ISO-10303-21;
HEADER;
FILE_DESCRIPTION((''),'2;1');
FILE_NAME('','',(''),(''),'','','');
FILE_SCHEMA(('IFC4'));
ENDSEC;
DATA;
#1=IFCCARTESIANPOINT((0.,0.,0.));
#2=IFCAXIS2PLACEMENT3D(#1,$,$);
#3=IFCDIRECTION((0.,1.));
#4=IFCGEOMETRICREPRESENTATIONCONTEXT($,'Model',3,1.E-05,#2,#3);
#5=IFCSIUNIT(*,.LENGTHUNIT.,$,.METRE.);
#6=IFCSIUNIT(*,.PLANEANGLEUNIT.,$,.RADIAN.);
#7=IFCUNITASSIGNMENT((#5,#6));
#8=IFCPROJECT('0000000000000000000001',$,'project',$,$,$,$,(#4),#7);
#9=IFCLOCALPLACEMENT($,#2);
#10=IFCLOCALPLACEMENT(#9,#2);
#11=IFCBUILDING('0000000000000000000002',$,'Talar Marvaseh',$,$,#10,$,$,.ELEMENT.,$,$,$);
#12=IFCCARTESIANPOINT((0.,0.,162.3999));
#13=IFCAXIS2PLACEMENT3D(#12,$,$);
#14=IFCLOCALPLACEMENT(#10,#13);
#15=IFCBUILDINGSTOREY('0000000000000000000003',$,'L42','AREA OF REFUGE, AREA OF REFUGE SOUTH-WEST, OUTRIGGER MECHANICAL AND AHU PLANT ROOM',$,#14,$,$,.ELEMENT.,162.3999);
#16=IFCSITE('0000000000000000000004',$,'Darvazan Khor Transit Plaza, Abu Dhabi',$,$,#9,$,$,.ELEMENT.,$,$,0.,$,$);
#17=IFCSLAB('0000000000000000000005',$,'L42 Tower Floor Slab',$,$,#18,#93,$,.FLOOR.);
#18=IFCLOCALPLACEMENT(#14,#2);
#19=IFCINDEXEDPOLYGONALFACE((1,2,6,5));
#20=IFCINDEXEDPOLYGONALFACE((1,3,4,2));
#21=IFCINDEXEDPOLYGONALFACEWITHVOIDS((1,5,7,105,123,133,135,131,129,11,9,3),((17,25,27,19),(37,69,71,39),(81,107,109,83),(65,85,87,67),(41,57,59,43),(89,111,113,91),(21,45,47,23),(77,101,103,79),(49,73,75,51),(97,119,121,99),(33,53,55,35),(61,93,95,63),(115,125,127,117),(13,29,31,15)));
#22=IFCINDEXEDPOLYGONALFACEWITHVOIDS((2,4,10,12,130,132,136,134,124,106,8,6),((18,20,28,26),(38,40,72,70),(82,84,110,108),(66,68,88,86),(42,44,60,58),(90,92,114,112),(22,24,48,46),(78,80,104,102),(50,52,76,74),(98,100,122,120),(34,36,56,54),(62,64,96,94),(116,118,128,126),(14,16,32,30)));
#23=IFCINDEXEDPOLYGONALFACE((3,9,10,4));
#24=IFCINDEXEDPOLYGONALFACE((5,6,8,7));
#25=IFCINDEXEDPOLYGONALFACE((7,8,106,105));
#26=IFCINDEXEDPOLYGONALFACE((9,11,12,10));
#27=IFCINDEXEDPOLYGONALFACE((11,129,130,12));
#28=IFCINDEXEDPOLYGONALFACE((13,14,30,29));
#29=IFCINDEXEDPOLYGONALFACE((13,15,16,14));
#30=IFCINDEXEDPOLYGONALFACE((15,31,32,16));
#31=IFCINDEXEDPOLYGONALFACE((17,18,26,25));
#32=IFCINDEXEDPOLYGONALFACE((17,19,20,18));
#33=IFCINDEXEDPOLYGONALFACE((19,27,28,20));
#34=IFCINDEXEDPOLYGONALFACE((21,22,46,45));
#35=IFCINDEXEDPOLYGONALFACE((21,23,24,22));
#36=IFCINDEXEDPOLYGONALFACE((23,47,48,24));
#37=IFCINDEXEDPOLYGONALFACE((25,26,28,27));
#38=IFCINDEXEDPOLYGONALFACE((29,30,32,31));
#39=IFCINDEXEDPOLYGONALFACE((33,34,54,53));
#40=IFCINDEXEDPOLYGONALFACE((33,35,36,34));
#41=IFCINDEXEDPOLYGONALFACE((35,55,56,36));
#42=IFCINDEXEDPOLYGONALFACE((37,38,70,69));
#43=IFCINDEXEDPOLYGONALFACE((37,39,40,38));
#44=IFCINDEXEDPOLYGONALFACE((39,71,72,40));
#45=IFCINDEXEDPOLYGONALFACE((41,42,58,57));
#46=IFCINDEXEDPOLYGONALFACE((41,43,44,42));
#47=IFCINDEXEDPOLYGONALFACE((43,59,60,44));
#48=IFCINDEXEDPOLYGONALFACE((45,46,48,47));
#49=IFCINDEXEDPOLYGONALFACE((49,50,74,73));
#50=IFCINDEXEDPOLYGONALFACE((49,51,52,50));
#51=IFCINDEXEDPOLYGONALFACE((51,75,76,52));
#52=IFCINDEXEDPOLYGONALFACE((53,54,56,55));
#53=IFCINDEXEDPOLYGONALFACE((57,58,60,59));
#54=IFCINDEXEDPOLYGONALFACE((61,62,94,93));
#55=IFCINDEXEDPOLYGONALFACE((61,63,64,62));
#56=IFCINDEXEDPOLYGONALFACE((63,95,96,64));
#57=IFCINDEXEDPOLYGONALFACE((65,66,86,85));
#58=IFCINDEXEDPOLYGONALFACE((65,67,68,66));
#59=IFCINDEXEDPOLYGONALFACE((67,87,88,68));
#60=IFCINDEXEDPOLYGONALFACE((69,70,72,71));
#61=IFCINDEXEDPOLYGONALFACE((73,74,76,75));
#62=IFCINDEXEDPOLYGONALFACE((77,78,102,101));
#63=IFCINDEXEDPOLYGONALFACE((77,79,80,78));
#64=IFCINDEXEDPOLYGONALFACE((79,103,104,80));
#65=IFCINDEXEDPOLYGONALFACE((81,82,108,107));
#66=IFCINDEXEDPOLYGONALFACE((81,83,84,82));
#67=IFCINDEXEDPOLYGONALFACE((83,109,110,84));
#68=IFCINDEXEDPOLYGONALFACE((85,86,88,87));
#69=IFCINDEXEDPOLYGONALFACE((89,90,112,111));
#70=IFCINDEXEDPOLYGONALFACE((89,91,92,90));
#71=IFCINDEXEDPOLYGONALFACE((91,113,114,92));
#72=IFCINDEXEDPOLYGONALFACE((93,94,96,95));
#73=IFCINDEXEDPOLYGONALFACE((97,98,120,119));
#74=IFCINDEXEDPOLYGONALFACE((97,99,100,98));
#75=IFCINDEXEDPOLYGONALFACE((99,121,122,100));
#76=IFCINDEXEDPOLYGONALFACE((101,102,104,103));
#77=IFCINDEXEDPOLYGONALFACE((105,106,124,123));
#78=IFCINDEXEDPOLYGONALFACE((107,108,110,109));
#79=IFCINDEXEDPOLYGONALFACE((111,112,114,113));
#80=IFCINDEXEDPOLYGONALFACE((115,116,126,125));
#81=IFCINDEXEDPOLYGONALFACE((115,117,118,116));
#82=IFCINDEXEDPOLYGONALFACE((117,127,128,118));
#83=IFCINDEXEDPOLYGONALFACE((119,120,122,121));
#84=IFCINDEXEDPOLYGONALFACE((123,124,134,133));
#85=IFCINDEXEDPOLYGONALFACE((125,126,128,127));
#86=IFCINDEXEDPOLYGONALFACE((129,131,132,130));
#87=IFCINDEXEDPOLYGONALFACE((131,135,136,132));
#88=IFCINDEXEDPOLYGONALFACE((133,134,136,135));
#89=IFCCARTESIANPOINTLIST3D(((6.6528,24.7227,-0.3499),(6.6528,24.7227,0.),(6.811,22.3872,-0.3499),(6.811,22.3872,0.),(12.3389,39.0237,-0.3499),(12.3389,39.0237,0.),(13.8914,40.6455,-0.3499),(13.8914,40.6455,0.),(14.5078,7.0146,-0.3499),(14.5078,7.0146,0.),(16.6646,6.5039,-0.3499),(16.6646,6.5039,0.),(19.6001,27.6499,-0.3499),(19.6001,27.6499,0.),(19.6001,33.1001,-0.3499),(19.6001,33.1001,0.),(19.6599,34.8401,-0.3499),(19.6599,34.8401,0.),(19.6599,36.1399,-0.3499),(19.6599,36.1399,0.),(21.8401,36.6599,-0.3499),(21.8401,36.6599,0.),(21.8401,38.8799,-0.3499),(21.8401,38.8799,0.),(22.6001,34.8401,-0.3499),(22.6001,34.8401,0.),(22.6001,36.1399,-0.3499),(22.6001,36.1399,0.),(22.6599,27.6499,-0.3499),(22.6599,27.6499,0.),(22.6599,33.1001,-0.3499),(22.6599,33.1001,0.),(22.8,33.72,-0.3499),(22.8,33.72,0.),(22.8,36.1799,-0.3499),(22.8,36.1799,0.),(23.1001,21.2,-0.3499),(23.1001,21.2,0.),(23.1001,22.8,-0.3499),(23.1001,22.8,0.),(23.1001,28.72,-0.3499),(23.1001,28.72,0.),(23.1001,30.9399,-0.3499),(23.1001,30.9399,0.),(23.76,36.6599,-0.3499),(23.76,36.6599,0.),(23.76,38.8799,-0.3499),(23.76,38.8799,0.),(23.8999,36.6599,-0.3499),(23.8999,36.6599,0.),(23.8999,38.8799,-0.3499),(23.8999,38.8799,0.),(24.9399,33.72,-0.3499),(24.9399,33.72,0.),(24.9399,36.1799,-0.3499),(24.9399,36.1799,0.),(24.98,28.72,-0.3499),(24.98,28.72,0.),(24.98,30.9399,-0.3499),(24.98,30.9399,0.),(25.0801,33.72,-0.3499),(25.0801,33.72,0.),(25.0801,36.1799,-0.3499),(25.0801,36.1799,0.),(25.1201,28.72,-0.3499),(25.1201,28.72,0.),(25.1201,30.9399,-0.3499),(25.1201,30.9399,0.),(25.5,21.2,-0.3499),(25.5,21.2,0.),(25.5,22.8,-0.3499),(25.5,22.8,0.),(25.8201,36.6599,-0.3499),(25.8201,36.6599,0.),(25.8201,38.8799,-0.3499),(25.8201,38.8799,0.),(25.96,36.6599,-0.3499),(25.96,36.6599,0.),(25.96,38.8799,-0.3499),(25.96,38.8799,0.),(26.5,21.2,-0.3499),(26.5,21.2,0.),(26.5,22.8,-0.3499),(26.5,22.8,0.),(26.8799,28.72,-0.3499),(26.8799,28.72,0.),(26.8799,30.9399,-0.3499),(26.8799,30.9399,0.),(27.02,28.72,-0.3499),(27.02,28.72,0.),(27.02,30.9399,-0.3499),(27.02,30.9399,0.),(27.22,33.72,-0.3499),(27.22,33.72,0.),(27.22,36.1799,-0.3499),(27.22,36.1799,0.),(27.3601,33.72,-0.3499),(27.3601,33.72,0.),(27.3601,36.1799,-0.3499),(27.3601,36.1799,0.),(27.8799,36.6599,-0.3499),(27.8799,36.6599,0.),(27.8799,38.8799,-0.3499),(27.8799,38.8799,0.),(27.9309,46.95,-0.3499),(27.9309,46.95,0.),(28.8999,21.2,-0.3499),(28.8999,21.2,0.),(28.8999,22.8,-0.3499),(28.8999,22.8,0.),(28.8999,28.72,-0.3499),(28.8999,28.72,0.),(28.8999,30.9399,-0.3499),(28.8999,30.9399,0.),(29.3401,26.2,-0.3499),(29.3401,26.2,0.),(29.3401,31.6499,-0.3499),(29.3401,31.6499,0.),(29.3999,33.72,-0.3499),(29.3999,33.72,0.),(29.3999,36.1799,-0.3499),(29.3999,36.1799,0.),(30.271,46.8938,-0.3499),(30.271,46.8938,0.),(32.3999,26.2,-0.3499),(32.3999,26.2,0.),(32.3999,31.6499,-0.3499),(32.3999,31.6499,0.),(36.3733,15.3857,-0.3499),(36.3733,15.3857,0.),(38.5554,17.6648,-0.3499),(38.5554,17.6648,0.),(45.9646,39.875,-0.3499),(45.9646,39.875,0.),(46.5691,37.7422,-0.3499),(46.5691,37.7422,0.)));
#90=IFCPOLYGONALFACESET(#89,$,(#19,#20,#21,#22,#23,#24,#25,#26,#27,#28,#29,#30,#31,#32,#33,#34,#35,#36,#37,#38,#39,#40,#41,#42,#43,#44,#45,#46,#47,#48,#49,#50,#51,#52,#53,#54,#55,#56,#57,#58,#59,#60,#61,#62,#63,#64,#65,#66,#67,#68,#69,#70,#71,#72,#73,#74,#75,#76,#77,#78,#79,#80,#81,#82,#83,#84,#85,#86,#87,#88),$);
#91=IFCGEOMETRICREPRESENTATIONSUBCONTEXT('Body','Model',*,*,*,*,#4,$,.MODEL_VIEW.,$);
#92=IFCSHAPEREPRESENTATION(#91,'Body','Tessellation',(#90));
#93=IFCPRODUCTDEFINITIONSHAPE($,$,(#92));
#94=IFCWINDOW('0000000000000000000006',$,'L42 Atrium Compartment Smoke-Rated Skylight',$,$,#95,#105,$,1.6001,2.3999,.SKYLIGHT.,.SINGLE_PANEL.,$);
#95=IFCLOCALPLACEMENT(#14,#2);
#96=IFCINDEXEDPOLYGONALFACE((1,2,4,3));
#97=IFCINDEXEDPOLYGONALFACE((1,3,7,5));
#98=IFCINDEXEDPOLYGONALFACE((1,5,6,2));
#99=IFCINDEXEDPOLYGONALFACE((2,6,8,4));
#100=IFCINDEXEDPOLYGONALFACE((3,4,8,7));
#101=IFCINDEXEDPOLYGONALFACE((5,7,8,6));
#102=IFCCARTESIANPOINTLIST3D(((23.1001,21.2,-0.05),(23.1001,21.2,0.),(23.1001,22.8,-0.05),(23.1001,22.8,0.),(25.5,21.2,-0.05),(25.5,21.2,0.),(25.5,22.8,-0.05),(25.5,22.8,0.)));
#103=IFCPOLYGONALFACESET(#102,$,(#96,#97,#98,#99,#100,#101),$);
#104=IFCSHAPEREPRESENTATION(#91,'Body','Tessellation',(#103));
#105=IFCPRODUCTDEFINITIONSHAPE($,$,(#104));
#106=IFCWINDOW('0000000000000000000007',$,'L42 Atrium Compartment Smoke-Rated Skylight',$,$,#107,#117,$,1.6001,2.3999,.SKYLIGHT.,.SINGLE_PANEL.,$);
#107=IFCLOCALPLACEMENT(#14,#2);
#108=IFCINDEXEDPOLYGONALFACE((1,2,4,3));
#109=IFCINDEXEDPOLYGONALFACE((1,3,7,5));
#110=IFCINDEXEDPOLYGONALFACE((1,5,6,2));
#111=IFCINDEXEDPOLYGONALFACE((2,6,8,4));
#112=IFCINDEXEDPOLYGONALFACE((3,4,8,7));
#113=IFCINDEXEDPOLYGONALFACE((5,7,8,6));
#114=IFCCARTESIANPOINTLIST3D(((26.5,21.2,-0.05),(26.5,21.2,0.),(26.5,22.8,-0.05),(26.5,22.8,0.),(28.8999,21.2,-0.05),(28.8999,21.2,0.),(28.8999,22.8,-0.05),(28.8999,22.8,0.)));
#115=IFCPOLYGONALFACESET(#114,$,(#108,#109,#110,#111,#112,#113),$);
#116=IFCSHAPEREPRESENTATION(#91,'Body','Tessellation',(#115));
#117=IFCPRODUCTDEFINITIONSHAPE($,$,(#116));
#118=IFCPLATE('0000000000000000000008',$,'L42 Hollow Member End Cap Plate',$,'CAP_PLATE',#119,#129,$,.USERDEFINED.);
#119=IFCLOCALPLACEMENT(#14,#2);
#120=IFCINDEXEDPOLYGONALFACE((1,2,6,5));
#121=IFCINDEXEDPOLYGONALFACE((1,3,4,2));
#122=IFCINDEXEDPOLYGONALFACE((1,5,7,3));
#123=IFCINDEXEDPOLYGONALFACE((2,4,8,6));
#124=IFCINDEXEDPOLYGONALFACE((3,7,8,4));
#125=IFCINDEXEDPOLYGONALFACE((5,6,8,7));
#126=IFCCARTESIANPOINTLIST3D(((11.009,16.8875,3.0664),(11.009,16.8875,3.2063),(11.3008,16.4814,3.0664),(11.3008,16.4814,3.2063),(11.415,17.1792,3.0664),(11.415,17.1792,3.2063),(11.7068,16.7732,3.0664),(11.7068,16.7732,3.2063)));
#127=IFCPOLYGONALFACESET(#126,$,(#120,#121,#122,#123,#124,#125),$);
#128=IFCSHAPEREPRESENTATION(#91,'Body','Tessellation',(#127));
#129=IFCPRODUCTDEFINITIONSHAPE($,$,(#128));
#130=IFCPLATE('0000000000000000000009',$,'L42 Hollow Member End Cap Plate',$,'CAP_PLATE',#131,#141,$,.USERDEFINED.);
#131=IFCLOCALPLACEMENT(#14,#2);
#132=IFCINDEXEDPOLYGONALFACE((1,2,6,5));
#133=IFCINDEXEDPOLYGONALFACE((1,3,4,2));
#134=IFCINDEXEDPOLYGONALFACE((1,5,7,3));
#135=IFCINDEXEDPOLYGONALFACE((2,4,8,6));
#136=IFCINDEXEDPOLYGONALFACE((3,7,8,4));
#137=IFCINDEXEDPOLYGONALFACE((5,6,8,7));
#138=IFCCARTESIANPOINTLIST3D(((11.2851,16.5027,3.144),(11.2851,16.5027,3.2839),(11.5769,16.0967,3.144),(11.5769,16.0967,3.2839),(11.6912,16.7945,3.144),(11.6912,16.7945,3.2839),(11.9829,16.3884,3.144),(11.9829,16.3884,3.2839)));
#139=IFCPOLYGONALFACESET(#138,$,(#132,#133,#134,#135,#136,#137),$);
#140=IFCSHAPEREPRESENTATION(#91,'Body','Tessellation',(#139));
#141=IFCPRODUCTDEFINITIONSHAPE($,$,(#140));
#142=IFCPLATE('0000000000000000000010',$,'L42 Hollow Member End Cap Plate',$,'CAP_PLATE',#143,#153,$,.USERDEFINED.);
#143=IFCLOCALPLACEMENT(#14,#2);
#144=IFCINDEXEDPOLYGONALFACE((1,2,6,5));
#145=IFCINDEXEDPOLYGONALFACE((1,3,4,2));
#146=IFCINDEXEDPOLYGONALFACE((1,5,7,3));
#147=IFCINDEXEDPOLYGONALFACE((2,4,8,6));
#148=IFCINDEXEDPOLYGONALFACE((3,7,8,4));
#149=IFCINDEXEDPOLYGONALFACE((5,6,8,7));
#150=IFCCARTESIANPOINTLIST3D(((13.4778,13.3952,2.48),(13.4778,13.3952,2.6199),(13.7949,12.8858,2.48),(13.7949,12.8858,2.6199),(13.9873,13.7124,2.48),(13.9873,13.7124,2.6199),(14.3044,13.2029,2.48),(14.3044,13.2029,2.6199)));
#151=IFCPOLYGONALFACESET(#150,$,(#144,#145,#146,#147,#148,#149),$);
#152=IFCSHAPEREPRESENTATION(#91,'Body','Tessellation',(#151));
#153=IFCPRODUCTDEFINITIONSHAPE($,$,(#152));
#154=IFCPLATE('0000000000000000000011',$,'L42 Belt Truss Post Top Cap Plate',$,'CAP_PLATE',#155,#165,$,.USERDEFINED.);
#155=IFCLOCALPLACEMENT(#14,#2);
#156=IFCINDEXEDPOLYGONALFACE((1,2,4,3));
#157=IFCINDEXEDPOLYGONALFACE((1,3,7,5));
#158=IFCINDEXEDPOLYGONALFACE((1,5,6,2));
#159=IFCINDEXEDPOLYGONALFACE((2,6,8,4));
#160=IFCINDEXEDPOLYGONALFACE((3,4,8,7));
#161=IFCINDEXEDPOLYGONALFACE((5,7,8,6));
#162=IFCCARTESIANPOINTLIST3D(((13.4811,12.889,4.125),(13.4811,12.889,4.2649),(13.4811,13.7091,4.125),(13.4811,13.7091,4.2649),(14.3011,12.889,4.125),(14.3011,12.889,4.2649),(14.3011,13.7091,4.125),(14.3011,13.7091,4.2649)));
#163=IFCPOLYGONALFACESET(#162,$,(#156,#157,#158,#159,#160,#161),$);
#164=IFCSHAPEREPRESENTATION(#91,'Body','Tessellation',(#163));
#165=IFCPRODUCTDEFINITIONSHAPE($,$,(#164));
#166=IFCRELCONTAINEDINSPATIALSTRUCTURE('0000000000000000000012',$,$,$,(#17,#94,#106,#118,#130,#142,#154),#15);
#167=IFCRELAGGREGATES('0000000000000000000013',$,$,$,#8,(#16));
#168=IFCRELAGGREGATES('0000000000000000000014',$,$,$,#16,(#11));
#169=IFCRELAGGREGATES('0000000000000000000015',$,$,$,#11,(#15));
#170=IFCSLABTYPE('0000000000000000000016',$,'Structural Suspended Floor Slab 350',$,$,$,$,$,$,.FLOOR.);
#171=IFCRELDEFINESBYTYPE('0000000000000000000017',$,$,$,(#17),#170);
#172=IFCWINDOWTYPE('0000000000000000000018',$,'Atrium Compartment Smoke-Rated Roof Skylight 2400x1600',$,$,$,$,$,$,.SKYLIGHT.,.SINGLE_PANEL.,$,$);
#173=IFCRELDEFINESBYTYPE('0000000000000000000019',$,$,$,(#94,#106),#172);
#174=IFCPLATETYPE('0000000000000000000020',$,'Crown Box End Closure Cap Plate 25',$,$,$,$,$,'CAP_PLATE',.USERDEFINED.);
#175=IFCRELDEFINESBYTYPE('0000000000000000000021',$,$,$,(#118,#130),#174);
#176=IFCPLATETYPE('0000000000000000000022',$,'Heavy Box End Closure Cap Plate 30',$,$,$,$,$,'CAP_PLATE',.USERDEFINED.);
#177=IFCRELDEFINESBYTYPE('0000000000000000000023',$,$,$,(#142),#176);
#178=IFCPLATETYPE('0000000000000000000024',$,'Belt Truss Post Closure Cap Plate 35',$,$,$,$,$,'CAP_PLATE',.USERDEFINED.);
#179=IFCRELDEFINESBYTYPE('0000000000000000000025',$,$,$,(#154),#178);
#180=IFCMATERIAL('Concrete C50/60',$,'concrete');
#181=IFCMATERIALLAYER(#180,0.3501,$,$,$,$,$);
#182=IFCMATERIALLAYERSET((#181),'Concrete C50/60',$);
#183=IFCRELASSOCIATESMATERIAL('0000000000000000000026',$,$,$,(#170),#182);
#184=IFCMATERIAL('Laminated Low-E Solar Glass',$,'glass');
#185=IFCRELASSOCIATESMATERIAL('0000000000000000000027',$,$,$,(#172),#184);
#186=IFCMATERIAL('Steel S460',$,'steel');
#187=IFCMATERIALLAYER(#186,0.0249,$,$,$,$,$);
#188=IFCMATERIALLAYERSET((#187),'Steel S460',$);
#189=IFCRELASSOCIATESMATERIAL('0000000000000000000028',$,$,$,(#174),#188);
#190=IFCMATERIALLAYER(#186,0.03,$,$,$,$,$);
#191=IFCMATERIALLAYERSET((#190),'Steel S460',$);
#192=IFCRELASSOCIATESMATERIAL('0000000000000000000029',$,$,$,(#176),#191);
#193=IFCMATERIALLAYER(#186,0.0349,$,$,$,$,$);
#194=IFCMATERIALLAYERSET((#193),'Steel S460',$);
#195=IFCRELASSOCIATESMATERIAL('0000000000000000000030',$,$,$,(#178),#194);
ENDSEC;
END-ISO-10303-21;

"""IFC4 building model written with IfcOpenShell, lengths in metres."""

from ifc_helpers import new_model, si_unit, direction, frame, origin, origin_2d, place, context, subcontext, project, spatial, polyline, rectangle, outline, extrude, source, transform, mapped, material, layer, layer_set, type_object, type_shapes, element, fill, save


model = new_model("IFC4")

# Units and contexts
model_context = context("Model", 3, precision=1e-05, world=origin(), true_north=direction((0.0, 1.0)))
body_context = subcontext(model_context, "Body", "Model", "MODEL_VIEW")
ifc_project = project(units=[si_unit("LENGTHUNIT", "METRE"), si_unit("PLANEANGLEUNIT", "RADIAN")], contexts=[model_context])

# Site, building, storey
site_placement = place(None, origin())
site = spatial("IfcSite", under=ifc_project, at=site_placement, Name="Darvazan Khor Transit Plaza, Abu Dhabi", CompositionType="ELEMENT", RefElevation=0.0)
building_placement = place(site_placement, origin())
building = spatial("IfcBuilding", under=site, at=building_placement, Name="Talar Marvaseh", CompositionType="ELEMENT")
storey_placement = place(building_placement, frame((0.0, 0.0, 162.3999)))
storey = spatial("IfcBuildingStorey", under=building, at=storey_placement, Name="L42", Description="AREA OF REFUGE, AREA OF REFUGE SOUTH-WEST, OUTRIGGER MECHANICAL AND AHU PLANT ROOM", CompositionType="ELEMENT", Elevation=162.3999)

# Shared definitions
ifc_material_1 = material(Name="Steel S460", Category="steel")

# Slab, openings, windows
ifc_material_2 = material(Name="Concrete C50/60", Category="concrete")
ifc_layer_1 = layer(ifc_material_2, 0.3501)
ifc_layer_set_1 = layer_set([ifc_layer_1], Name="Concrete C50/60")
slab_type_1 = type_object("IfcSlabType", Name="Structural Suspended Floor Slab 350", PredefinedType="FLOOR", material=ifc_layer_set_1)
slab_1_placement = place(storey_placement, frame((0.0, 0.0, -0.3499)))
slab_1 = element("IfcSlab", 1, at=slab_1_placement, inside=storey, type_object=slab_type_1, Name="L42 Tower Floor Slab", PredefinedType="FLOOR", context=body_context, shape_type="SweptSolid", body=[
    extrude(outline(polyline([(16.6646, 6.5039), (14.5078, 7.0146), (6.811, 22.3872), (6.6528, 24.7227), (12.3389, 39.0237), (13.8914, 40.6455), (27.9309, 46.95), (30.271, 46.8938), (45.9646, 39.875), (46.5691, 37.7422), (38.5554, 17.6648), (36.3733, 15.3857), (16.6646, 6.5039)]), holes=[polyline([(22.6599, 27.6499), (22.6599, 33.1001), (19.6001, 33.1001), (19.6001, 27.6499), (22.6599, 27.6499)]), polyline([(29.3401, 31.6499), (29.3401, 26.2), (32.3999, 26.2), (32.3999, 31.6499), (29.3401, 31.6499)]), polyline([(22.8, 33.72), (24.9399, 33.72), (24.9399, 36.1799), (22.8, 36.1799), (22.8, 33.72)]), polyline([(25.0801, 33.72), (27.22, 33.72), (27.22, 36.1799), (25.0801, 36.1799), (25.0801, 33.72)]), polyline([(27.3601, 33.72), (29.3999, 33.72), (29.3999, 36.1799), (27.3601, 36.1799), (27.3601, 33.72)]), polyline([(21.8401, 36.6599), (23.76, 36.6599), (23.76, 38.8799), (21.8401, 38.8799), (21.8401, 36.6599)]), polyline([(23.8999, 36.6599), (25.8201, 36.6599), (25.8201, 38.8799), (23.8999, 38.8799), (23.8999, 36.6599)]), polyline([(25.96, 36.6599), (27.8799, 36.6599), (27.8799, 38.8799), (25.96, 38.8799), (25.96, 36.6599)]), polyline([(23.1001, 28.72), (24.98, 28.72), (24.98, 30.9399), (23.1001, 30.9399), (23.1001, 28.72)]), polyline([(25.1201, 28.72), (26.8799, 28.72), (26.8799, 30.9399), (25.1201, 30.9399), (25.1201, 28.72)]), polyline([(27.02, 28.72), (28.8999, 28.72), (28.8999, 30.9399), (27.02, 30.9399), (27.02, 28.72)]), polyline([(19.6599, 34.8401), (22.6001, 34.8401), (22.6001, 36.1399), (19.6599, 36.1399), (19.6599, 34.8401)])]), origin(), (0.0, 0.0, 1.0), 0.3499),
])
opening_1_placement = place(slab_1_placement, frame((24.3, 22.0, -0.01)))
opening_1 = element("IfcOpeningElement", 2, at=opening_1_placement, cuts=slab_1, PredefinedType="OPENING", context=body_context, shape_type="SweptSolid", body=[
    extrude(rectangle(XDim=2.3999, YDim=1.6001, at=origin_2d()), origin(), (0.0, 0.0, 1.0), 0.3699),
])
opening_2_placement = place(slab_1_placement, frame((27.7, 22.0, -0.01)))
opening_2 = element("IfcOpeningElement", 3, at=opening_2_placement, cuts=slab_1, PredefinedType="OPENING", context=body_context, shape_type="SweptSolid", body=[
    extrude(rectangle(XDim=2.3999, YDim=1.6001, at=origin_2d()), origin(), (0.0, 0.0, 1.0), 0.3699),
])
ifc_material_3 = material(Name="Laminated Low-E Solar Glass", Category="glass")
window_type = type_object("IfcWindowType", Name="Atrium Compartment Smoke-Rated Roof Skylight 2400x1600", PartitioningType="SINGLE_PANEL", PredefinedType="SKYLIGHT", material=ifc_material_3)
window_1_placement = place(slab_1_placement, frame((24.3, 22.0, 0.2998)))
window_1 = element("IfcWindow", 4, at=window_1_placement, inside=storey, type_object=window_type, Name="L42 Atrium Compartment Smoke-Rated Skylight", OverallHeight=1.6001, OverallWidth=2.3999, PartitioningType="SINGLE_PANEL", PredefinedType="SKYLIGHT", context=body_context, shape_type="SweptSolid", body=[
    extrude(rectangle(XDim=2.3999, YDim=1.6001, at=origin_2d()), origin(), (0.0, 0.0, 1.0), 0.05),
])
fill(opening_1, window_1)
window_2_placement = place(slab_1_placement, frame((27.7, 22.0, 0.2998)))
window_2 = element("IfcWindow", 5, at=window_2_placement, inside=storey, type_object=window_type, Name="L42 Atrium Compartment Smoke-Rated Skylight", OverallHeight=1.6001, OverallWidth=2.3999, PartitioningType="SINGLE_PANEL", PredefinedType="SKYLIGHT", context=body_context, shape_type="SweptSolid", body=[
    extrude(rectangle(XDim=2.3999, YDim=1.6001, at=origin_2d()), origin(), (0.0, 0.0, 1.0), 0.05),
])
fill(opening_2, window_2)

# Plates
ifc_layer_2 = layer(ifc_material_1, 0.0249)
ifc_layer_set_2 = layer_set([ifc_layer_2], Name="Steel S460")
plate_type_1 = type_object("IfcPlateType", Name="Crown Box End Closure Cap Plate 25", ElementType="CAP_PLATE", PredefinedType="USERDEFINED", material=ifc_layer_set_2)
shared_shape_1 = source(origin(), body_context, "Body", "SweptSolid", [
    extrude(rectangle(XDim=0.5, YDim=0.5, at=origin_2d()), origin(), (0.0, 0.0, 1.0), 0.1399),
])
type_shapes(plate_type_1, [shared_shape_1])
for number, where, z_axis, x_axis, name in (
    (6, (11.3579, 16.8303, 3.0664), (0.0, 0.0, 1.0), (0.583541, -0.812084, 0.0), "L42 Hollow Member End Cap Plate"),
    (7, (11.634, 16.4456, 3.144), (0.0, 0.0, 1.0), (0.583541, -0.812084, 0.0), "L42 Hollow Member End Cap Plate"),
):
    element("IfcPlate", number, at=place(storey_placement, frame(where, z_axis=z_axis, x_axis=x_axis)), inside=storey, type_object=plate_type_1, Name=name, ObjectType="CAP_PLATE", PredefinedType="USERDEFINED", context=body_context, shape_type="MappedRepresentation", body=[
        mapped(shared_shape_1, transform((0.0, 0.0, 0.0), x_axis=(1.0, 0.0, 0.0), y_axis=(0.0, 1.0, 0.0), z_axis=(0.0, 0.0, 1.0), scale=1.0)),
    ])
ifc_layer_3 = layer(ifc_material_1, 0.03)
ifc_layer_set_3 = layer_set([ifc_layer_3], Name="Steel S460")
plate_type_2 = type_object("IfcPlateType", Name="Heavy Box End Closure Cap Plate 30", ElementType="CAP_PLATE", PredefinedType="USERDEFINED", material=ifc_layer_set_3)
shared_shape_2 = source(origin(), body_context, "Body", "SweptSolid", [
    extrude(rectangle(XDim=0.6001, YDim=0.6001, at=origin_2d()), origin(), (0.0, 0.0, 1.0), 0.1399),
])
type_shapes(plate_type_2, [shared_shape_2])
plate_1_placement = place(storey_placement, frame((13.8911, 13.2991, 2.48), z_axis=(0.0, 0.0, 1.0), x_axis=(0.848972, 0.528438, 0.0)))
element("IfcPlate", 8, at=plate_1_placement, inside=storey, type_object=plate_type_2, Name="L42 Hollow Member End Cap Plate", ObjectType="CAP_PLATE", PredefinedType="USERDEFINED", context=body_context, shape_type="MappedRepresentation", body=[
    mapped(shared_shape_2, transform((0.0, 0.0, 0.0), x_axis=(1.0, 0.0, 0.0), y_axis=(0.0, 1.0, 0.0), z_axis=(0.0, 0.0, 1.0), scale=1.0)),
])
ifc_layer_4 = layer(ifc_material_1, 0.0349)
ifc_layer_set_4 = layer_set([ifc_layer_4], Name="Steel S460")
plate_type_3 = type_object("IfcPlateType", Name="Belt Truss Post Closure Cap Plate 35", ElementType="CAP_PLATE", PredefinedType="USERDEFINED", material=ifc_layer_set_4)
shared_shape_3 = source(origin(), body_context, "Body", "SweptSolid", [
    extrude(rectangle(XDim=0.8201, YDim=0.8201, at=origin_2d()), origin(), (0.0, 0.0, 1.0), 0.1399),
])
type_shapes(plate_type_3, [shared_shape_3])
plate_2_placement = place(storey_placement, frame((13.8911, 13.2991, 4.125), z_axis=(0.0, 0.0, 1.0), x_axis=(1.0, 0.0, 0.0)))
element("IfcPlate", 9, at=plate_2_placement, inside=storey, type_object=plate_type_3, Name="L42 Belt Truss Post Top Cap Plate", ObjectType="CAP_PLATE", PredefinedType="USERDEFINED", context=body_context, shape_type="MappedRepresentation", body=[
    mapped(shared_shape_3, transform((0.0, 0.0, 0.0), x_axis=(1.0, 0.0, 0.0), y_axis=(0.0, 1.0, 0.0), z_axis=(0.0, 0.0, 1.0), scale=1.0)),
])

save(model, "model.ifc")
